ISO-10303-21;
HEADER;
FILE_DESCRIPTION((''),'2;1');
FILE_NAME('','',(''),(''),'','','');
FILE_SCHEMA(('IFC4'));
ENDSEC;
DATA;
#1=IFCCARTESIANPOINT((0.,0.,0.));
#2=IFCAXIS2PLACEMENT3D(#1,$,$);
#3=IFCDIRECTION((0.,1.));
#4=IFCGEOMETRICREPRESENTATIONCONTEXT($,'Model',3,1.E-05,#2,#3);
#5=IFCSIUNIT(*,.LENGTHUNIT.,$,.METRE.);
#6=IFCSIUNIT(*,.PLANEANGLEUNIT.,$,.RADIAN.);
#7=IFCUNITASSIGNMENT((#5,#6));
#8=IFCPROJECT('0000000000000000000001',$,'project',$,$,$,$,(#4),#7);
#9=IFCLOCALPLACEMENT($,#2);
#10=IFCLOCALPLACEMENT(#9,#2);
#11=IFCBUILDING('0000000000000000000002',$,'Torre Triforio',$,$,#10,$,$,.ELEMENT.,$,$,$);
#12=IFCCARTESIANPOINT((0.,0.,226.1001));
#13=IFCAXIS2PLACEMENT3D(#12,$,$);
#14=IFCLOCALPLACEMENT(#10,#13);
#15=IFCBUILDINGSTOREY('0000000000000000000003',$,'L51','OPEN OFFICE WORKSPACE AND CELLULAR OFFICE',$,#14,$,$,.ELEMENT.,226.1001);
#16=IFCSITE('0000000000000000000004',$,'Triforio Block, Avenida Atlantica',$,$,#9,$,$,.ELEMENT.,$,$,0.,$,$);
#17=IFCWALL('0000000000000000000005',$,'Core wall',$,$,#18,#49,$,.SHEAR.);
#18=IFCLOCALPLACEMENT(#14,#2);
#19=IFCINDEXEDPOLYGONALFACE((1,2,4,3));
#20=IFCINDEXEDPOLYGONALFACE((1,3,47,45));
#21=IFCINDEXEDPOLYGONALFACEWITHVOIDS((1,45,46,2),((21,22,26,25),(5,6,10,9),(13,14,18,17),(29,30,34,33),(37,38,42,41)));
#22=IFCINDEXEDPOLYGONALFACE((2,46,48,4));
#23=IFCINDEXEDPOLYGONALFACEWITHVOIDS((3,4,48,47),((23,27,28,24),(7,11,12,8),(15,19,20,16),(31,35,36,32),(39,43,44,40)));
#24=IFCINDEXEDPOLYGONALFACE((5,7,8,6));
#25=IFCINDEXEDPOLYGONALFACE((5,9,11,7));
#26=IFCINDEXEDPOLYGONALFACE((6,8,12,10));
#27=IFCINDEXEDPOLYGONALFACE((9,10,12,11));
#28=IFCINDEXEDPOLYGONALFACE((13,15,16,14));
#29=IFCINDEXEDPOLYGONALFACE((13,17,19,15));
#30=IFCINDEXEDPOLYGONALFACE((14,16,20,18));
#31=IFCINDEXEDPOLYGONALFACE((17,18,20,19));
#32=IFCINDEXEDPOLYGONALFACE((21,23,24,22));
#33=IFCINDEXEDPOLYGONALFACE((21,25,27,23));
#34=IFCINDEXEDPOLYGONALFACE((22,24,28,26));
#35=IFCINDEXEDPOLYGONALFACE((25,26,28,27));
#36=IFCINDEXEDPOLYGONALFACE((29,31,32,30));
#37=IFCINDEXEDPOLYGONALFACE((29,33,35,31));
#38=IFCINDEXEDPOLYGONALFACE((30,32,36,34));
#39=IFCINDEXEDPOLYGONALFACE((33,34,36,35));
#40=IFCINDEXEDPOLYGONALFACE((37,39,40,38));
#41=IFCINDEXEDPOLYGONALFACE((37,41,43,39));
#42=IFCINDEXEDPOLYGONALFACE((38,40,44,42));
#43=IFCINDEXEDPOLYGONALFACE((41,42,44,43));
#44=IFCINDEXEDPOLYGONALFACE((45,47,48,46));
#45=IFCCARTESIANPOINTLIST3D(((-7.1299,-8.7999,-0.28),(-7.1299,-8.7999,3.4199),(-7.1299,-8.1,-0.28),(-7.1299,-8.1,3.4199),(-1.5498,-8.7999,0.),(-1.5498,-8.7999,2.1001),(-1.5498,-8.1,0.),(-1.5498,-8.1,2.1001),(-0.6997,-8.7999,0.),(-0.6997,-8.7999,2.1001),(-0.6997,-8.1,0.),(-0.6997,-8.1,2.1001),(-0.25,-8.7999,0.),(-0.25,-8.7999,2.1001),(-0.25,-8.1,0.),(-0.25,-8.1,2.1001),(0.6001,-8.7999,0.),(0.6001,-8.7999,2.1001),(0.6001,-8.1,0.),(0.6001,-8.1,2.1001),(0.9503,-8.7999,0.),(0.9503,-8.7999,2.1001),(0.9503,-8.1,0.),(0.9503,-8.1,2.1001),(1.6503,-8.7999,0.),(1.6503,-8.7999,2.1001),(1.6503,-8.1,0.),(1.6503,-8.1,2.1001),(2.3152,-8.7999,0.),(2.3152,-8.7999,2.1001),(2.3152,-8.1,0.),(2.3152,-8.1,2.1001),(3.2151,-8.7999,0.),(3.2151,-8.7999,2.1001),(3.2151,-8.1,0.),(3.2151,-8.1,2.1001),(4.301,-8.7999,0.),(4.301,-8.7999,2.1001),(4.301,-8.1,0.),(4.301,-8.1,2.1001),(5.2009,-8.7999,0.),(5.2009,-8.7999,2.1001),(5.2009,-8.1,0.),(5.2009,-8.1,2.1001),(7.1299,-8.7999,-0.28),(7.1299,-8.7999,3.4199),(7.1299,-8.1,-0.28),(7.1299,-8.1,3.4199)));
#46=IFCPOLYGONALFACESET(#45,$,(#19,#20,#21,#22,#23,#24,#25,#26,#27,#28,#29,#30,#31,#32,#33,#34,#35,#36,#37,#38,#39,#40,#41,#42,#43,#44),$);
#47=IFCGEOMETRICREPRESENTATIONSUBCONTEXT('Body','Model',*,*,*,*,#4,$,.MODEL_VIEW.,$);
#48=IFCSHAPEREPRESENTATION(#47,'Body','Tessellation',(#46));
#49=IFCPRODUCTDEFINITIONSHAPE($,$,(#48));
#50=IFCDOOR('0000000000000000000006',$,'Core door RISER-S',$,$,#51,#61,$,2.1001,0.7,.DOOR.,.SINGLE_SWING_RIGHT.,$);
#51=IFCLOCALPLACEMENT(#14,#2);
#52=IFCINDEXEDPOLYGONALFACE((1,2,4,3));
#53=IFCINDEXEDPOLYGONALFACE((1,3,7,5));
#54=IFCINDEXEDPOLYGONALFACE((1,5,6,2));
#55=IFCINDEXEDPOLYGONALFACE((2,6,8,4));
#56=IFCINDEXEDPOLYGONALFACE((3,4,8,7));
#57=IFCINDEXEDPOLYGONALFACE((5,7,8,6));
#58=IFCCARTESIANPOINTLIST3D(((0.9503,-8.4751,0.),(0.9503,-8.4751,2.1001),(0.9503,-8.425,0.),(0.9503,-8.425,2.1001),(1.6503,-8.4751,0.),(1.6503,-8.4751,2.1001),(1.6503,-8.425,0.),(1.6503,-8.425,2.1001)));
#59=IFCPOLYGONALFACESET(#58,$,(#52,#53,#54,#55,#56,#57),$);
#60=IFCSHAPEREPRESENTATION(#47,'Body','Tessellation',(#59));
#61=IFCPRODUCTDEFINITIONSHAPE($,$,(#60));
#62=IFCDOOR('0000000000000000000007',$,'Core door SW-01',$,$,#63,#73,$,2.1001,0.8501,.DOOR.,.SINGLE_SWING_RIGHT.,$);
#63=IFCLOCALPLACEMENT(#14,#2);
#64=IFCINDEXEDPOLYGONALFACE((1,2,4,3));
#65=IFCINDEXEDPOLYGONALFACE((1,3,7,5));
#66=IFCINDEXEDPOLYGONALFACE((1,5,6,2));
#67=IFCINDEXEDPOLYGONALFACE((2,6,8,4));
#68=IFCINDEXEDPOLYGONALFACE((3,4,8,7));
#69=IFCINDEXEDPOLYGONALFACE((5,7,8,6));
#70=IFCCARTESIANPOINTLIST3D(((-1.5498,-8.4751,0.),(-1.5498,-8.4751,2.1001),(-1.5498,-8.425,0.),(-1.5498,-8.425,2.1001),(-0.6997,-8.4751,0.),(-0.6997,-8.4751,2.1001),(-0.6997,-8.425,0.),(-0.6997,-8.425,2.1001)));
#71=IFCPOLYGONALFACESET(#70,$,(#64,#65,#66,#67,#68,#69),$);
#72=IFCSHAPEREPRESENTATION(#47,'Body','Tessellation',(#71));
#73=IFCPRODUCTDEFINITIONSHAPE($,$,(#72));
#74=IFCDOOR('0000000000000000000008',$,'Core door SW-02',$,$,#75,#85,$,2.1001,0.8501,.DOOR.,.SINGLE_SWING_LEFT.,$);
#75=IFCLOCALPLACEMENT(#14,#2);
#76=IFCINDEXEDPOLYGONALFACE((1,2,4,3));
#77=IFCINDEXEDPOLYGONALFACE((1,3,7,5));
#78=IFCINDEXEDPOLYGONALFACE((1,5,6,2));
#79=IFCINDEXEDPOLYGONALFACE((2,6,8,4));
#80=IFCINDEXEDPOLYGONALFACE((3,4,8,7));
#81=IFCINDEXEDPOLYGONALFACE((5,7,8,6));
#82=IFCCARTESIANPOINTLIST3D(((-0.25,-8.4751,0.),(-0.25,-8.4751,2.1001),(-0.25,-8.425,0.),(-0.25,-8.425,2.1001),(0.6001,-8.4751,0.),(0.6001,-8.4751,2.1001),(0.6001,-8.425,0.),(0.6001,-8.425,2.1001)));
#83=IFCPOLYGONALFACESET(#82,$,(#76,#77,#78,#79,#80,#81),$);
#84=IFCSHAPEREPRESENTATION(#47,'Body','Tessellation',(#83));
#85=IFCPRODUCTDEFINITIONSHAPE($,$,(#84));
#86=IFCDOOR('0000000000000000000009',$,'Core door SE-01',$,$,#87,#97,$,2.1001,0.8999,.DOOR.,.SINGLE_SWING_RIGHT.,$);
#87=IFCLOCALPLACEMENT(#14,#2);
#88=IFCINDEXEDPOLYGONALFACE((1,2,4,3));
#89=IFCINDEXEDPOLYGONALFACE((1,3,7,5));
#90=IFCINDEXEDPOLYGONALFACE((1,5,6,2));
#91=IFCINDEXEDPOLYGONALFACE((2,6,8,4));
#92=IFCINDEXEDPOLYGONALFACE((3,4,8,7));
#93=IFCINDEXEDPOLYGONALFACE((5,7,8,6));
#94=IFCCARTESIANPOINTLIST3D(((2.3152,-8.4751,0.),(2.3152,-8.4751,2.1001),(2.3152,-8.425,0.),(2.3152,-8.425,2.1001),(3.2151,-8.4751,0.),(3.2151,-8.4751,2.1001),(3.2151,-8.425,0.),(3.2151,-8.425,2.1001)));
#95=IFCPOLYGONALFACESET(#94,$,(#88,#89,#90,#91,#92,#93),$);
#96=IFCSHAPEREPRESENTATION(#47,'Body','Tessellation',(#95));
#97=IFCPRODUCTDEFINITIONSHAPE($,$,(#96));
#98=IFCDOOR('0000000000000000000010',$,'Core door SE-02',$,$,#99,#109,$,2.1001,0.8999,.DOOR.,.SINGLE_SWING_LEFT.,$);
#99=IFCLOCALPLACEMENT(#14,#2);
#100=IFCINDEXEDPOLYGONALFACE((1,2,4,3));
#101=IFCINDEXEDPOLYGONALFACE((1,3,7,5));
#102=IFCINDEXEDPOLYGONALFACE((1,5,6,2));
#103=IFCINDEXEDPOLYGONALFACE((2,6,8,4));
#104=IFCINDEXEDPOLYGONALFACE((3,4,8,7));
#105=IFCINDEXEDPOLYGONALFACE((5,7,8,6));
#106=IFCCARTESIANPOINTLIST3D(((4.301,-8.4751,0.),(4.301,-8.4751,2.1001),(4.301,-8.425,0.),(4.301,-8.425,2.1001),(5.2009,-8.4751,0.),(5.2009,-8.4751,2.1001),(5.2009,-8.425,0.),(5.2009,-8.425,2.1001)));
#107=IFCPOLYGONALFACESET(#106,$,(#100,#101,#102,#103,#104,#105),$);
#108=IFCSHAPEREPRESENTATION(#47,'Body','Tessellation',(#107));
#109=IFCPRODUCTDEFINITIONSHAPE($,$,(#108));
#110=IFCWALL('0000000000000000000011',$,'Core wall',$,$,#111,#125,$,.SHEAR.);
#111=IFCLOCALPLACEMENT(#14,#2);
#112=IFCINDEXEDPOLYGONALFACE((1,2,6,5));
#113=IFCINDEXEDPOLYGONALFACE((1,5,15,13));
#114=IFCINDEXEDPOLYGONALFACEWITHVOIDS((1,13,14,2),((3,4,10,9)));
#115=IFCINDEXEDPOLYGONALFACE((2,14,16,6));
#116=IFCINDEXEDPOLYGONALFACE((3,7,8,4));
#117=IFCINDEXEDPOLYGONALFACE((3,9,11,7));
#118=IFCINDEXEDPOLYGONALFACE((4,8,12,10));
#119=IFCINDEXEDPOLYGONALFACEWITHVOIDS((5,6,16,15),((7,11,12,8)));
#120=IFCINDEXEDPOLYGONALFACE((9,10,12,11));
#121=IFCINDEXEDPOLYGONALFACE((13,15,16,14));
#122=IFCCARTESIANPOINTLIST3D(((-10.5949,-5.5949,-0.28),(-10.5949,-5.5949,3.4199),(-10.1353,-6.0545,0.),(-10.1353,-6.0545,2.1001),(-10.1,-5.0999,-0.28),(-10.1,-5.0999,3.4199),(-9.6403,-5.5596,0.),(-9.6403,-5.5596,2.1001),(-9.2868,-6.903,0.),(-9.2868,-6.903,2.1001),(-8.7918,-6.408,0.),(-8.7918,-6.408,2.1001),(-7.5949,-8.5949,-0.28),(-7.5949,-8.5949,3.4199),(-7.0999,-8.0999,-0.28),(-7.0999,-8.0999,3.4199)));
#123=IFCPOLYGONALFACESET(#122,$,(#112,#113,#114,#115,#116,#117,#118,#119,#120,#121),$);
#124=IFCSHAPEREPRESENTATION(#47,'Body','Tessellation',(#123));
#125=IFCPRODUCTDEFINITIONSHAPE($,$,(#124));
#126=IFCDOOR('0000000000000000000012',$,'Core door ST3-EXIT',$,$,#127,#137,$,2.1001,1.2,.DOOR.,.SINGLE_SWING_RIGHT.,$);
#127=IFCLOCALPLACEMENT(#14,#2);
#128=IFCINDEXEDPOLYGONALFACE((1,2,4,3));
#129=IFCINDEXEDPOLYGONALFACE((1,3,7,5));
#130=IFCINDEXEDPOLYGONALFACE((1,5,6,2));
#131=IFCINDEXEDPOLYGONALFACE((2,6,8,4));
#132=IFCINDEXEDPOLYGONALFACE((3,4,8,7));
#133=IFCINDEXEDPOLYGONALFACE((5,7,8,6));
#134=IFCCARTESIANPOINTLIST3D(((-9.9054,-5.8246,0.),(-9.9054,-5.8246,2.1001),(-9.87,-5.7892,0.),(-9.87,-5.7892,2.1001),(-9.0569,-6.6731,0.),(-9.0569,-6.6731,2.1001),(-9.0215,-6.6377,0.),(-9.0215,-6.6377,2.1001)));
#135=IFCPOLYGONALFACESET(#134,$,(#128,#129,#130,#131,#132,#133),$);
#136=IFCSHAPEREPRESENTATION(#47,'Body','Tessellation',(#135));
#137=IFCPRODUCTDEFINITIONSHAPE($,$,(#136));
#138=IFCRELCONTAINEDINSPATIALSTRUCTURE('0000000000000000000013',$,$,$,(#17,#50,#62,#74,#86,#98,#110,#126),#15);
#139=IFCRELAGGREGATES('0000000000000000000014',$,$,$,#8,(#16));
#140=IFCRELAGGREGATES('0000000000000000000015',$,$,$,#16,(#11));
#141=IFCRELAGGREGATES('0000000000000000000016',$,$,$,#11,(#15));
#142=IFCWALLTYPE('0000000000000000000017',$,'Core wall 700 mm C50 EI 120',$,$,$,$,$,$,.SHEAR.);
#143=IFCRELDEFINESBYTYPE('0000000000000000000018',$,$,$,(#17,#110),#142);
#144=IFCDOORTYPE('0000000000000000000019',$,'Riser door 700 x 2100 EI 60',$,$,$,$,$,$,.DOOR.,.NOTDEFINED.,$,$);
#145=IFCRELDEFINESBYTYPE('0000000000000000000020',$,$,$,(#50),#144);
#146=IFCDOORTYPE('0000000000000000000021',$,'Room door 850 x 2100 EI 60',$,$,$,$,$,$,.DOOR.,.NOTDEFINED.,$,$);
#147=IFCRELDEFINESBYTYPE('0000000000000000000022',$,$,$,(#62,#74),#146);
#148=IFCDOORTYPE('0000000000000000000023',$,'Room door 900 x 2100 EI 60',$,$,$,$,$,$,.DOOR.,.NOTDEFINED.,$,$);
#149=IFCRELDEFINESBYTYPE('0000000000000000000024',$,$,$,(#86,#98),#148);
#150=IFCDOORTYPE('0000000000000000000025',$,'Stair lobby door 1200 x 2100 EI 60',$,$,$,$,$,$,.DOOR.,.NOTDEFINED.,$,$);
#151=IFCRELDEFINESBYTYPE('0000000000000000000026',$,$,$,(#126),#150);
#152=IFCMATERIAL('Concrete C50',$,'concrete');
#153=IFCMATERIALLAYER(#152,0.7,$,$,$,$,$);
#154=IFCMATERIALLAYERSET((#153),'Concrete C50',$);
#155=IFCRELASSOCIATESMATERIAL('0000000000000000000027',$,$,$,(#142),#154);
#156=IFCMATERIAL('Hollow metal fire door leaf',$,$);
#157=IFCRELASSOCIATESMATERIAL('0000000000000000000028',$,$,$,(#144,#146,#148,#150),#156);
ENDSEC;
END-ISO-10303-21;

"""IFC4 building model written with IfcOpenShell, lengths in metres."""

from ifc_helpers import new_model, si_unit, direction, frame, frame_2d, origin, place, context, subcontext, project, spatial, rectangle, extrude, material, layer, layer_set, type_object, element, fill, save


model = new_model("IFC4")

# Units and contexts
model_context = context("Model", 3, precision=1e-05, world=origin(), true_north=direction((0.0, 1.0)))
body_context = subcontext(model_context, "Body", "Model", "MODEL_VIEW")
ifc_project = project(units=[si_unit("LENGTHUNIT", "METRE"), si_unit("PLANEANGLEUNIT", "RADIAN")], contexts=[model_context])

# Site, building, storey
site_placement = place(None, origin())
site = spatial("IfcSite", under=ifc_project, at=site_placement, Name="Triforio Block, Avenida Atlantica", CompositionType="ELEMENT", RefElevation=0.0)
building_placement = place(site_placement, origin())
building = spatial("IfcBuilding", under=site, at=building_placement, Name="Torre Triforio", CompositionType="ELEMENT")
storey_placement = place(building_placement, frame((0.0, 0.0, 226.1001)))
storey = spatial("IfcBuildingStorey", under=building, at=storey_placement, Name="L51", Description="OPEN OFFICE WORKSPACE AND CELLULAR OFFICE", CompositionType="ELEMENT", Elevation=226.1001)

# Shared definitions
ifc_material_1 = material(Name="Concrete C50", Category="concrete")

# Wall, openings, doors
ifc_layer_1 = layer(ifc_material_1, 0.7)
ifc_layer_set_1 = layer_set([ifc_layer_1], Name="Concrete C50")
wall_type_1 = type_object("IfcWallType", Name="Core wall 700 mm C50 EI 120", PredefinedType="SHEAR", material=ifc_layer_set_1)
wall_1_placement = place(storey_placement, frame((-7.1299, -8.45, -0.28), z_axis=(0.0, 0.0, 1.0), x_axis=(1.0, 0.0, 0.0)))
wall_1 = element("IfcWall", 1, at=wall_1_placement, inside=storey, type_object=wall_type_1, Name="Core wall", PredefinedType="SHEAR", context=body_context, shape_type="SweptSolid", body=[
    extrude(rectangle(XDim=14.2598, YDim=0.7, at=frame_2d((7.1299, 0.0))), origin(), (0.0, 0.0, 1.0), 3.7),
])
opening_1_placement = place(wall_1_placement, frame((8.0801, 0.0, 0.28)))
opening_1 = element("IfcOpeningElement", 2, at=opening_1_placement, cuts=wall_1, PredefinedType="OPENING", context=body_context, shape_type="SweptSolid", body=[
    extrude(rectangle(XDim=0.7, YDim=2.1001, at=frame_2d((0.3501, 1.05))), frame((0.0, 0.3599, 0.0), z_axis=(0.0, -1.0, 0.0), x_axis=(1.0, 0.0, 0.0)), (0.0, 0.0, 1.0), 0.72),
])
opening_2_placement = place(wall_1_placement, frame((5.5801, 0.0, 0.28)))
opening_2 = element("IfcOpeningElement", 3, at=opening_2_placement, cuts=wall_1, PredefinedType="OPENING", context=body_context, shape_type="SweptSolid", body=[
    extrude(rectangle(XDim=0.8501, YDim=2.1001, at=frame_2d((0.425, 1.05))), frame((0.0, 0.3599, 0.0), z_axis=(0.0, -1.0, 0.0), x_axis=(1.0, 0.0, 0.0)), (0.0, 0.0, 1.0), 0.72),
])
opening_3_placement = place(wall_1_placement, frame((6.8799, 0.0, 0.28)))
opening_3 = element("IfcOpeningElement", 4, at=opening_3_placement, cuts=wall_1, PredefinedType="OPENING", context=body_context, shape_type="SweptSolid", body=[
    extrude(rectangle(XDim=0.8501, YDim=2.1001, at=frame_2d((0.425, 1.05))), frame((0.0, 0.3599, 0.0), z_axis=(0.0, -1.0, 0.0), x_axis=(1.0, 0.0, 0.0)), (0.0, 0.0, 1.0), 0.72),
])
opening_4_placement = place(wall_1_placement, frame((9.4451, 0.0, 0.28)))
opening_4 = element("IfcOpeningElement", 5, at=opening_4_placement, cuts=wall_1, PredefinedType="OPENING", context=body_context, shape_type="SweptSolid", body=[
    extrude(rectangle(XDim=0.8999, YDim=2.1001, at=frame_2d((0.45, 1.05))), frame((0.0, 0.3599, 0.0), z_axis=(0.0, -1.0, 0.0), x_axis=(1.0, 0.0, 0.0)), (0.0, 0.0, 1.0), 0.72),
])
opening_5_placement = place(wall_1_placement, frame((11.4309, 0.0, 0.28)))
opening_5 = element("IfcOpeningElement", 6, at=opening_5_placement, cuts=wall_1, PredefinedType="OPENING", context=body_context, shape_type="SweptSolid", body=[
    extrude(rectangle(XDim=0.8999, YDim=2.1001, at=frame_2d((0.45, 1.05))), frame((0.0, 0.3599, 0.0), z_axis=(0.0, -1.0, 0.0), x_axis=(1.0, 0.0, 0.0)), (0.0, 0.0, 1.0), 0.72),
])
ifc_material_2 = material(Name="Hollow metal fire door leaf")
door_type_1 = type_object("IfcDoorType", Name="Riser door 700 x 2100 EI 60", OperationType="NOTDEFINED", PredefinedType="DOOR", material=ifc_material_2)
door_1_placement = place(opening_1_placement, origin())
door_1 = element("IfcDoor", 7, at=door_1_placement, inside=storey, type_object=door_type_1, Name="Core door RISER-S", OperationType="SINGLE_SWING_RIGHT", OverallHeight=2.1001, OverallWidth=0.7, PredefinedType="DOOR", context=body_context, shape_type="SweptSolid", body=[
    extrude(rectangle(XDim=0.7, YDim=2.1001, at=frame_2d((0.3501, 1.05))), frame((0.0, 0.0249, 0.0), z_axis=(0.0, -1.0, 0.0), x_axis=(1.0, 0.0, 0.0)), (0.0, 0.0, 1.0), 0.05),
])
fill(opening_1, door_1)
door_type_2 = type_object("IfcDoorType", Name="Room door 850 x 2100 EI 60", OperationType="NOTDEFINED", PredefinedType="DOOR", material=ifc_material_2)
door_2_placement = place(opening_2_placement, origin())
door_2 = element("IfcDoor", 8, at=door_2_placement, inside=storey, type_object=door_type_2, Name="Core door SW-01", OperationType="SINGLE_SWING_RIGHT", OverallHeight=2.1001, OverallWidth=0.8501, PredefinedType="DOOR", context=body_context, shape_type="SweptSolid", body=[
    extrude(rectangle(XDim=0.8501, YDim=2.1001, at=frame_2d((0.425, 1.05))), frame((0.0, 0.0249, 0.0), z_axis=(0.0, -1.0, 0.0), x_axis=(1.0, 0.0, 0.0)), (0.0, 0.0, 1.0), 0.05),
])
fill(opening_2, door_2)
door_3_placement = place(opening_3_placement, origin())
door_3 = element("IfcDoor", 9, at=door_3_placement, inside=storey, type_object=door_type_2, Name="Core door SW-02", OperationType="SINGLE_SWING_LEFT", OverallHeight=2.1001, OverallWidth=0.8501, PredefinedType="DOOR", context=body_context, shape_type="SweptSolid", body=[
    extrude(rectangle(XDim=0.8501, YDim=2.1001, at=frame_2d((0.425, 1.05))), frame((0.0, 0.0249, 0.0), z_axis=(0.0, -1.0, 0.0), x_axis=(1.0, 0.0, 0.0)), (0.0, 0.0, 1.0), 0.05),
])
fill(opening_3, door_3)
door_type_3 = type_object("IfcDoorType", Name="Room door 900 x 2100 EI 60", OperationType="NOTDEFINED", PredefinedType="DOOR", material=ifc_material_2)
door_4_placement = place(opening_4_placement, origin())
door_4 = element("IfcDoor", 10, at=door_4_placement, inside=storey, type_object=door_type_3, Name="Core door SE-01", OperationType="SINGLE_SWING_RIGHT", OverallHeight=2.1001, OverallWidth=0.8999, PredefinedType="DOOR", context=body_context, shape_type="SweptSolid", body=[
    extrude(rectangle(XDim=0.8999, YDim=2.1001, at=frame_2d((0.45, 1.05))), frame((0.0, 0.0249, 0.0), z_axis=(0.0, -1.0, 0.0), x_axis=(1.0, 0.0, 0.0)), (0.0, 0.0, 1.0), 0.05),
])
fill(opening_4, door_4)
door_5_placement = place(opening_5_placement, origin())
door_5 = element("IfcDoor", 11, at=door_5_placement, inside=storey, type_object=door_type_3, Name="Core door SE-02", OperationType="SINGLE_SWING_LEFT", OverallHeight=2.1001, OverallWidth=0.8999, PredefinedType="DOOR", context=body_context, shape_type="SweptSolid", body=[
    extrude(rectangle(XDim=0.8999, YDim=2.1001, at=frame_2d((0.45, 1.05))), frame((0.0, 0.0249, 0.0), z_axis=(0.0, -1.0, 0.0), x_axis=(1.0, 0.0, 0.0)), (0.0, 0.0, 1.0), 0.05),
])
fill(opening_5, door_5)

# Wall, opening, door
wall_2_placement = place(storey_placement, frame((-7.3474, -8.3474, -0.28), z_axis=(0.0, 0.0, 1.0), x_axis=(-0.707107, 0.707107, 0.0)))
wall_2 = element("IfcWall", 12, at=wall_2_placement, inside=storey, type_object=wall_type_1, Name="Core wall", PredefinedType="SHEAR", context=body_context, shape_type="SweptSolid", body=[
    extrude(rectangle(XDim=4.2427, YDim=0.7, at=frame_2d((2.1213, 0.0))), origin(), (0.0, 0.0, 1.0), 3.7),
])
opening_6_placement = place(wall_2_placement, frame((2.3926, 0.0, 0.28)))
opening_6 = element("IfcOpeningElement", 13, at=opening_6_placement, cuts=wall_2, PredefinedType="OPENING", context=body_context, shape_type="SweptSolid", body=[
    extrude(rectangle(XDim=1.2, YDim=2.1001, at=frame_2d((0.6001, 1.05))), frame((0.0, 0.3599, 0.0), z_axis=(0.0, -1.0, 0.0), x_axis=(1.0, 0.0, 0.0)), (0.0, 0.0, 1.0), 0.72),
])
door_type_4 = type_object("IfcDoorType", Name="Stair lobby door 1200 x 2100 EI 60", OperationType="NOTDEFINED", PredefinedType="DOOR", material=ifc_material_2)
door_6_placement = place(opening_6_placement, origin())
door_6 = element("IfcDoor", 14, at=door_6_placement, inside=storey, type_object=door_type_4, Name="Core door ST3-EXIT", OperationType="SINGLE_SWING_RIGHT", OverallHeight=2.1001, OverallWidth=1.2, PredefinedType="DOOR", context=body_context, shape_type="SweptSolid", body=[
    extrude(rectangle(XDim=1.2, YDim=2.1001, at=frame_2d((0.6001, 1.05))), frame((0.0, 0.0249, 0.0), z_axis=(0.0, -1.0, 0.0), x_axis=(1.0, 0.0, 0.0)), (0.0, 0.0, 1.0), 0.05),
])
fill(opening_6, door_6)

save(model, "model.ifc")
